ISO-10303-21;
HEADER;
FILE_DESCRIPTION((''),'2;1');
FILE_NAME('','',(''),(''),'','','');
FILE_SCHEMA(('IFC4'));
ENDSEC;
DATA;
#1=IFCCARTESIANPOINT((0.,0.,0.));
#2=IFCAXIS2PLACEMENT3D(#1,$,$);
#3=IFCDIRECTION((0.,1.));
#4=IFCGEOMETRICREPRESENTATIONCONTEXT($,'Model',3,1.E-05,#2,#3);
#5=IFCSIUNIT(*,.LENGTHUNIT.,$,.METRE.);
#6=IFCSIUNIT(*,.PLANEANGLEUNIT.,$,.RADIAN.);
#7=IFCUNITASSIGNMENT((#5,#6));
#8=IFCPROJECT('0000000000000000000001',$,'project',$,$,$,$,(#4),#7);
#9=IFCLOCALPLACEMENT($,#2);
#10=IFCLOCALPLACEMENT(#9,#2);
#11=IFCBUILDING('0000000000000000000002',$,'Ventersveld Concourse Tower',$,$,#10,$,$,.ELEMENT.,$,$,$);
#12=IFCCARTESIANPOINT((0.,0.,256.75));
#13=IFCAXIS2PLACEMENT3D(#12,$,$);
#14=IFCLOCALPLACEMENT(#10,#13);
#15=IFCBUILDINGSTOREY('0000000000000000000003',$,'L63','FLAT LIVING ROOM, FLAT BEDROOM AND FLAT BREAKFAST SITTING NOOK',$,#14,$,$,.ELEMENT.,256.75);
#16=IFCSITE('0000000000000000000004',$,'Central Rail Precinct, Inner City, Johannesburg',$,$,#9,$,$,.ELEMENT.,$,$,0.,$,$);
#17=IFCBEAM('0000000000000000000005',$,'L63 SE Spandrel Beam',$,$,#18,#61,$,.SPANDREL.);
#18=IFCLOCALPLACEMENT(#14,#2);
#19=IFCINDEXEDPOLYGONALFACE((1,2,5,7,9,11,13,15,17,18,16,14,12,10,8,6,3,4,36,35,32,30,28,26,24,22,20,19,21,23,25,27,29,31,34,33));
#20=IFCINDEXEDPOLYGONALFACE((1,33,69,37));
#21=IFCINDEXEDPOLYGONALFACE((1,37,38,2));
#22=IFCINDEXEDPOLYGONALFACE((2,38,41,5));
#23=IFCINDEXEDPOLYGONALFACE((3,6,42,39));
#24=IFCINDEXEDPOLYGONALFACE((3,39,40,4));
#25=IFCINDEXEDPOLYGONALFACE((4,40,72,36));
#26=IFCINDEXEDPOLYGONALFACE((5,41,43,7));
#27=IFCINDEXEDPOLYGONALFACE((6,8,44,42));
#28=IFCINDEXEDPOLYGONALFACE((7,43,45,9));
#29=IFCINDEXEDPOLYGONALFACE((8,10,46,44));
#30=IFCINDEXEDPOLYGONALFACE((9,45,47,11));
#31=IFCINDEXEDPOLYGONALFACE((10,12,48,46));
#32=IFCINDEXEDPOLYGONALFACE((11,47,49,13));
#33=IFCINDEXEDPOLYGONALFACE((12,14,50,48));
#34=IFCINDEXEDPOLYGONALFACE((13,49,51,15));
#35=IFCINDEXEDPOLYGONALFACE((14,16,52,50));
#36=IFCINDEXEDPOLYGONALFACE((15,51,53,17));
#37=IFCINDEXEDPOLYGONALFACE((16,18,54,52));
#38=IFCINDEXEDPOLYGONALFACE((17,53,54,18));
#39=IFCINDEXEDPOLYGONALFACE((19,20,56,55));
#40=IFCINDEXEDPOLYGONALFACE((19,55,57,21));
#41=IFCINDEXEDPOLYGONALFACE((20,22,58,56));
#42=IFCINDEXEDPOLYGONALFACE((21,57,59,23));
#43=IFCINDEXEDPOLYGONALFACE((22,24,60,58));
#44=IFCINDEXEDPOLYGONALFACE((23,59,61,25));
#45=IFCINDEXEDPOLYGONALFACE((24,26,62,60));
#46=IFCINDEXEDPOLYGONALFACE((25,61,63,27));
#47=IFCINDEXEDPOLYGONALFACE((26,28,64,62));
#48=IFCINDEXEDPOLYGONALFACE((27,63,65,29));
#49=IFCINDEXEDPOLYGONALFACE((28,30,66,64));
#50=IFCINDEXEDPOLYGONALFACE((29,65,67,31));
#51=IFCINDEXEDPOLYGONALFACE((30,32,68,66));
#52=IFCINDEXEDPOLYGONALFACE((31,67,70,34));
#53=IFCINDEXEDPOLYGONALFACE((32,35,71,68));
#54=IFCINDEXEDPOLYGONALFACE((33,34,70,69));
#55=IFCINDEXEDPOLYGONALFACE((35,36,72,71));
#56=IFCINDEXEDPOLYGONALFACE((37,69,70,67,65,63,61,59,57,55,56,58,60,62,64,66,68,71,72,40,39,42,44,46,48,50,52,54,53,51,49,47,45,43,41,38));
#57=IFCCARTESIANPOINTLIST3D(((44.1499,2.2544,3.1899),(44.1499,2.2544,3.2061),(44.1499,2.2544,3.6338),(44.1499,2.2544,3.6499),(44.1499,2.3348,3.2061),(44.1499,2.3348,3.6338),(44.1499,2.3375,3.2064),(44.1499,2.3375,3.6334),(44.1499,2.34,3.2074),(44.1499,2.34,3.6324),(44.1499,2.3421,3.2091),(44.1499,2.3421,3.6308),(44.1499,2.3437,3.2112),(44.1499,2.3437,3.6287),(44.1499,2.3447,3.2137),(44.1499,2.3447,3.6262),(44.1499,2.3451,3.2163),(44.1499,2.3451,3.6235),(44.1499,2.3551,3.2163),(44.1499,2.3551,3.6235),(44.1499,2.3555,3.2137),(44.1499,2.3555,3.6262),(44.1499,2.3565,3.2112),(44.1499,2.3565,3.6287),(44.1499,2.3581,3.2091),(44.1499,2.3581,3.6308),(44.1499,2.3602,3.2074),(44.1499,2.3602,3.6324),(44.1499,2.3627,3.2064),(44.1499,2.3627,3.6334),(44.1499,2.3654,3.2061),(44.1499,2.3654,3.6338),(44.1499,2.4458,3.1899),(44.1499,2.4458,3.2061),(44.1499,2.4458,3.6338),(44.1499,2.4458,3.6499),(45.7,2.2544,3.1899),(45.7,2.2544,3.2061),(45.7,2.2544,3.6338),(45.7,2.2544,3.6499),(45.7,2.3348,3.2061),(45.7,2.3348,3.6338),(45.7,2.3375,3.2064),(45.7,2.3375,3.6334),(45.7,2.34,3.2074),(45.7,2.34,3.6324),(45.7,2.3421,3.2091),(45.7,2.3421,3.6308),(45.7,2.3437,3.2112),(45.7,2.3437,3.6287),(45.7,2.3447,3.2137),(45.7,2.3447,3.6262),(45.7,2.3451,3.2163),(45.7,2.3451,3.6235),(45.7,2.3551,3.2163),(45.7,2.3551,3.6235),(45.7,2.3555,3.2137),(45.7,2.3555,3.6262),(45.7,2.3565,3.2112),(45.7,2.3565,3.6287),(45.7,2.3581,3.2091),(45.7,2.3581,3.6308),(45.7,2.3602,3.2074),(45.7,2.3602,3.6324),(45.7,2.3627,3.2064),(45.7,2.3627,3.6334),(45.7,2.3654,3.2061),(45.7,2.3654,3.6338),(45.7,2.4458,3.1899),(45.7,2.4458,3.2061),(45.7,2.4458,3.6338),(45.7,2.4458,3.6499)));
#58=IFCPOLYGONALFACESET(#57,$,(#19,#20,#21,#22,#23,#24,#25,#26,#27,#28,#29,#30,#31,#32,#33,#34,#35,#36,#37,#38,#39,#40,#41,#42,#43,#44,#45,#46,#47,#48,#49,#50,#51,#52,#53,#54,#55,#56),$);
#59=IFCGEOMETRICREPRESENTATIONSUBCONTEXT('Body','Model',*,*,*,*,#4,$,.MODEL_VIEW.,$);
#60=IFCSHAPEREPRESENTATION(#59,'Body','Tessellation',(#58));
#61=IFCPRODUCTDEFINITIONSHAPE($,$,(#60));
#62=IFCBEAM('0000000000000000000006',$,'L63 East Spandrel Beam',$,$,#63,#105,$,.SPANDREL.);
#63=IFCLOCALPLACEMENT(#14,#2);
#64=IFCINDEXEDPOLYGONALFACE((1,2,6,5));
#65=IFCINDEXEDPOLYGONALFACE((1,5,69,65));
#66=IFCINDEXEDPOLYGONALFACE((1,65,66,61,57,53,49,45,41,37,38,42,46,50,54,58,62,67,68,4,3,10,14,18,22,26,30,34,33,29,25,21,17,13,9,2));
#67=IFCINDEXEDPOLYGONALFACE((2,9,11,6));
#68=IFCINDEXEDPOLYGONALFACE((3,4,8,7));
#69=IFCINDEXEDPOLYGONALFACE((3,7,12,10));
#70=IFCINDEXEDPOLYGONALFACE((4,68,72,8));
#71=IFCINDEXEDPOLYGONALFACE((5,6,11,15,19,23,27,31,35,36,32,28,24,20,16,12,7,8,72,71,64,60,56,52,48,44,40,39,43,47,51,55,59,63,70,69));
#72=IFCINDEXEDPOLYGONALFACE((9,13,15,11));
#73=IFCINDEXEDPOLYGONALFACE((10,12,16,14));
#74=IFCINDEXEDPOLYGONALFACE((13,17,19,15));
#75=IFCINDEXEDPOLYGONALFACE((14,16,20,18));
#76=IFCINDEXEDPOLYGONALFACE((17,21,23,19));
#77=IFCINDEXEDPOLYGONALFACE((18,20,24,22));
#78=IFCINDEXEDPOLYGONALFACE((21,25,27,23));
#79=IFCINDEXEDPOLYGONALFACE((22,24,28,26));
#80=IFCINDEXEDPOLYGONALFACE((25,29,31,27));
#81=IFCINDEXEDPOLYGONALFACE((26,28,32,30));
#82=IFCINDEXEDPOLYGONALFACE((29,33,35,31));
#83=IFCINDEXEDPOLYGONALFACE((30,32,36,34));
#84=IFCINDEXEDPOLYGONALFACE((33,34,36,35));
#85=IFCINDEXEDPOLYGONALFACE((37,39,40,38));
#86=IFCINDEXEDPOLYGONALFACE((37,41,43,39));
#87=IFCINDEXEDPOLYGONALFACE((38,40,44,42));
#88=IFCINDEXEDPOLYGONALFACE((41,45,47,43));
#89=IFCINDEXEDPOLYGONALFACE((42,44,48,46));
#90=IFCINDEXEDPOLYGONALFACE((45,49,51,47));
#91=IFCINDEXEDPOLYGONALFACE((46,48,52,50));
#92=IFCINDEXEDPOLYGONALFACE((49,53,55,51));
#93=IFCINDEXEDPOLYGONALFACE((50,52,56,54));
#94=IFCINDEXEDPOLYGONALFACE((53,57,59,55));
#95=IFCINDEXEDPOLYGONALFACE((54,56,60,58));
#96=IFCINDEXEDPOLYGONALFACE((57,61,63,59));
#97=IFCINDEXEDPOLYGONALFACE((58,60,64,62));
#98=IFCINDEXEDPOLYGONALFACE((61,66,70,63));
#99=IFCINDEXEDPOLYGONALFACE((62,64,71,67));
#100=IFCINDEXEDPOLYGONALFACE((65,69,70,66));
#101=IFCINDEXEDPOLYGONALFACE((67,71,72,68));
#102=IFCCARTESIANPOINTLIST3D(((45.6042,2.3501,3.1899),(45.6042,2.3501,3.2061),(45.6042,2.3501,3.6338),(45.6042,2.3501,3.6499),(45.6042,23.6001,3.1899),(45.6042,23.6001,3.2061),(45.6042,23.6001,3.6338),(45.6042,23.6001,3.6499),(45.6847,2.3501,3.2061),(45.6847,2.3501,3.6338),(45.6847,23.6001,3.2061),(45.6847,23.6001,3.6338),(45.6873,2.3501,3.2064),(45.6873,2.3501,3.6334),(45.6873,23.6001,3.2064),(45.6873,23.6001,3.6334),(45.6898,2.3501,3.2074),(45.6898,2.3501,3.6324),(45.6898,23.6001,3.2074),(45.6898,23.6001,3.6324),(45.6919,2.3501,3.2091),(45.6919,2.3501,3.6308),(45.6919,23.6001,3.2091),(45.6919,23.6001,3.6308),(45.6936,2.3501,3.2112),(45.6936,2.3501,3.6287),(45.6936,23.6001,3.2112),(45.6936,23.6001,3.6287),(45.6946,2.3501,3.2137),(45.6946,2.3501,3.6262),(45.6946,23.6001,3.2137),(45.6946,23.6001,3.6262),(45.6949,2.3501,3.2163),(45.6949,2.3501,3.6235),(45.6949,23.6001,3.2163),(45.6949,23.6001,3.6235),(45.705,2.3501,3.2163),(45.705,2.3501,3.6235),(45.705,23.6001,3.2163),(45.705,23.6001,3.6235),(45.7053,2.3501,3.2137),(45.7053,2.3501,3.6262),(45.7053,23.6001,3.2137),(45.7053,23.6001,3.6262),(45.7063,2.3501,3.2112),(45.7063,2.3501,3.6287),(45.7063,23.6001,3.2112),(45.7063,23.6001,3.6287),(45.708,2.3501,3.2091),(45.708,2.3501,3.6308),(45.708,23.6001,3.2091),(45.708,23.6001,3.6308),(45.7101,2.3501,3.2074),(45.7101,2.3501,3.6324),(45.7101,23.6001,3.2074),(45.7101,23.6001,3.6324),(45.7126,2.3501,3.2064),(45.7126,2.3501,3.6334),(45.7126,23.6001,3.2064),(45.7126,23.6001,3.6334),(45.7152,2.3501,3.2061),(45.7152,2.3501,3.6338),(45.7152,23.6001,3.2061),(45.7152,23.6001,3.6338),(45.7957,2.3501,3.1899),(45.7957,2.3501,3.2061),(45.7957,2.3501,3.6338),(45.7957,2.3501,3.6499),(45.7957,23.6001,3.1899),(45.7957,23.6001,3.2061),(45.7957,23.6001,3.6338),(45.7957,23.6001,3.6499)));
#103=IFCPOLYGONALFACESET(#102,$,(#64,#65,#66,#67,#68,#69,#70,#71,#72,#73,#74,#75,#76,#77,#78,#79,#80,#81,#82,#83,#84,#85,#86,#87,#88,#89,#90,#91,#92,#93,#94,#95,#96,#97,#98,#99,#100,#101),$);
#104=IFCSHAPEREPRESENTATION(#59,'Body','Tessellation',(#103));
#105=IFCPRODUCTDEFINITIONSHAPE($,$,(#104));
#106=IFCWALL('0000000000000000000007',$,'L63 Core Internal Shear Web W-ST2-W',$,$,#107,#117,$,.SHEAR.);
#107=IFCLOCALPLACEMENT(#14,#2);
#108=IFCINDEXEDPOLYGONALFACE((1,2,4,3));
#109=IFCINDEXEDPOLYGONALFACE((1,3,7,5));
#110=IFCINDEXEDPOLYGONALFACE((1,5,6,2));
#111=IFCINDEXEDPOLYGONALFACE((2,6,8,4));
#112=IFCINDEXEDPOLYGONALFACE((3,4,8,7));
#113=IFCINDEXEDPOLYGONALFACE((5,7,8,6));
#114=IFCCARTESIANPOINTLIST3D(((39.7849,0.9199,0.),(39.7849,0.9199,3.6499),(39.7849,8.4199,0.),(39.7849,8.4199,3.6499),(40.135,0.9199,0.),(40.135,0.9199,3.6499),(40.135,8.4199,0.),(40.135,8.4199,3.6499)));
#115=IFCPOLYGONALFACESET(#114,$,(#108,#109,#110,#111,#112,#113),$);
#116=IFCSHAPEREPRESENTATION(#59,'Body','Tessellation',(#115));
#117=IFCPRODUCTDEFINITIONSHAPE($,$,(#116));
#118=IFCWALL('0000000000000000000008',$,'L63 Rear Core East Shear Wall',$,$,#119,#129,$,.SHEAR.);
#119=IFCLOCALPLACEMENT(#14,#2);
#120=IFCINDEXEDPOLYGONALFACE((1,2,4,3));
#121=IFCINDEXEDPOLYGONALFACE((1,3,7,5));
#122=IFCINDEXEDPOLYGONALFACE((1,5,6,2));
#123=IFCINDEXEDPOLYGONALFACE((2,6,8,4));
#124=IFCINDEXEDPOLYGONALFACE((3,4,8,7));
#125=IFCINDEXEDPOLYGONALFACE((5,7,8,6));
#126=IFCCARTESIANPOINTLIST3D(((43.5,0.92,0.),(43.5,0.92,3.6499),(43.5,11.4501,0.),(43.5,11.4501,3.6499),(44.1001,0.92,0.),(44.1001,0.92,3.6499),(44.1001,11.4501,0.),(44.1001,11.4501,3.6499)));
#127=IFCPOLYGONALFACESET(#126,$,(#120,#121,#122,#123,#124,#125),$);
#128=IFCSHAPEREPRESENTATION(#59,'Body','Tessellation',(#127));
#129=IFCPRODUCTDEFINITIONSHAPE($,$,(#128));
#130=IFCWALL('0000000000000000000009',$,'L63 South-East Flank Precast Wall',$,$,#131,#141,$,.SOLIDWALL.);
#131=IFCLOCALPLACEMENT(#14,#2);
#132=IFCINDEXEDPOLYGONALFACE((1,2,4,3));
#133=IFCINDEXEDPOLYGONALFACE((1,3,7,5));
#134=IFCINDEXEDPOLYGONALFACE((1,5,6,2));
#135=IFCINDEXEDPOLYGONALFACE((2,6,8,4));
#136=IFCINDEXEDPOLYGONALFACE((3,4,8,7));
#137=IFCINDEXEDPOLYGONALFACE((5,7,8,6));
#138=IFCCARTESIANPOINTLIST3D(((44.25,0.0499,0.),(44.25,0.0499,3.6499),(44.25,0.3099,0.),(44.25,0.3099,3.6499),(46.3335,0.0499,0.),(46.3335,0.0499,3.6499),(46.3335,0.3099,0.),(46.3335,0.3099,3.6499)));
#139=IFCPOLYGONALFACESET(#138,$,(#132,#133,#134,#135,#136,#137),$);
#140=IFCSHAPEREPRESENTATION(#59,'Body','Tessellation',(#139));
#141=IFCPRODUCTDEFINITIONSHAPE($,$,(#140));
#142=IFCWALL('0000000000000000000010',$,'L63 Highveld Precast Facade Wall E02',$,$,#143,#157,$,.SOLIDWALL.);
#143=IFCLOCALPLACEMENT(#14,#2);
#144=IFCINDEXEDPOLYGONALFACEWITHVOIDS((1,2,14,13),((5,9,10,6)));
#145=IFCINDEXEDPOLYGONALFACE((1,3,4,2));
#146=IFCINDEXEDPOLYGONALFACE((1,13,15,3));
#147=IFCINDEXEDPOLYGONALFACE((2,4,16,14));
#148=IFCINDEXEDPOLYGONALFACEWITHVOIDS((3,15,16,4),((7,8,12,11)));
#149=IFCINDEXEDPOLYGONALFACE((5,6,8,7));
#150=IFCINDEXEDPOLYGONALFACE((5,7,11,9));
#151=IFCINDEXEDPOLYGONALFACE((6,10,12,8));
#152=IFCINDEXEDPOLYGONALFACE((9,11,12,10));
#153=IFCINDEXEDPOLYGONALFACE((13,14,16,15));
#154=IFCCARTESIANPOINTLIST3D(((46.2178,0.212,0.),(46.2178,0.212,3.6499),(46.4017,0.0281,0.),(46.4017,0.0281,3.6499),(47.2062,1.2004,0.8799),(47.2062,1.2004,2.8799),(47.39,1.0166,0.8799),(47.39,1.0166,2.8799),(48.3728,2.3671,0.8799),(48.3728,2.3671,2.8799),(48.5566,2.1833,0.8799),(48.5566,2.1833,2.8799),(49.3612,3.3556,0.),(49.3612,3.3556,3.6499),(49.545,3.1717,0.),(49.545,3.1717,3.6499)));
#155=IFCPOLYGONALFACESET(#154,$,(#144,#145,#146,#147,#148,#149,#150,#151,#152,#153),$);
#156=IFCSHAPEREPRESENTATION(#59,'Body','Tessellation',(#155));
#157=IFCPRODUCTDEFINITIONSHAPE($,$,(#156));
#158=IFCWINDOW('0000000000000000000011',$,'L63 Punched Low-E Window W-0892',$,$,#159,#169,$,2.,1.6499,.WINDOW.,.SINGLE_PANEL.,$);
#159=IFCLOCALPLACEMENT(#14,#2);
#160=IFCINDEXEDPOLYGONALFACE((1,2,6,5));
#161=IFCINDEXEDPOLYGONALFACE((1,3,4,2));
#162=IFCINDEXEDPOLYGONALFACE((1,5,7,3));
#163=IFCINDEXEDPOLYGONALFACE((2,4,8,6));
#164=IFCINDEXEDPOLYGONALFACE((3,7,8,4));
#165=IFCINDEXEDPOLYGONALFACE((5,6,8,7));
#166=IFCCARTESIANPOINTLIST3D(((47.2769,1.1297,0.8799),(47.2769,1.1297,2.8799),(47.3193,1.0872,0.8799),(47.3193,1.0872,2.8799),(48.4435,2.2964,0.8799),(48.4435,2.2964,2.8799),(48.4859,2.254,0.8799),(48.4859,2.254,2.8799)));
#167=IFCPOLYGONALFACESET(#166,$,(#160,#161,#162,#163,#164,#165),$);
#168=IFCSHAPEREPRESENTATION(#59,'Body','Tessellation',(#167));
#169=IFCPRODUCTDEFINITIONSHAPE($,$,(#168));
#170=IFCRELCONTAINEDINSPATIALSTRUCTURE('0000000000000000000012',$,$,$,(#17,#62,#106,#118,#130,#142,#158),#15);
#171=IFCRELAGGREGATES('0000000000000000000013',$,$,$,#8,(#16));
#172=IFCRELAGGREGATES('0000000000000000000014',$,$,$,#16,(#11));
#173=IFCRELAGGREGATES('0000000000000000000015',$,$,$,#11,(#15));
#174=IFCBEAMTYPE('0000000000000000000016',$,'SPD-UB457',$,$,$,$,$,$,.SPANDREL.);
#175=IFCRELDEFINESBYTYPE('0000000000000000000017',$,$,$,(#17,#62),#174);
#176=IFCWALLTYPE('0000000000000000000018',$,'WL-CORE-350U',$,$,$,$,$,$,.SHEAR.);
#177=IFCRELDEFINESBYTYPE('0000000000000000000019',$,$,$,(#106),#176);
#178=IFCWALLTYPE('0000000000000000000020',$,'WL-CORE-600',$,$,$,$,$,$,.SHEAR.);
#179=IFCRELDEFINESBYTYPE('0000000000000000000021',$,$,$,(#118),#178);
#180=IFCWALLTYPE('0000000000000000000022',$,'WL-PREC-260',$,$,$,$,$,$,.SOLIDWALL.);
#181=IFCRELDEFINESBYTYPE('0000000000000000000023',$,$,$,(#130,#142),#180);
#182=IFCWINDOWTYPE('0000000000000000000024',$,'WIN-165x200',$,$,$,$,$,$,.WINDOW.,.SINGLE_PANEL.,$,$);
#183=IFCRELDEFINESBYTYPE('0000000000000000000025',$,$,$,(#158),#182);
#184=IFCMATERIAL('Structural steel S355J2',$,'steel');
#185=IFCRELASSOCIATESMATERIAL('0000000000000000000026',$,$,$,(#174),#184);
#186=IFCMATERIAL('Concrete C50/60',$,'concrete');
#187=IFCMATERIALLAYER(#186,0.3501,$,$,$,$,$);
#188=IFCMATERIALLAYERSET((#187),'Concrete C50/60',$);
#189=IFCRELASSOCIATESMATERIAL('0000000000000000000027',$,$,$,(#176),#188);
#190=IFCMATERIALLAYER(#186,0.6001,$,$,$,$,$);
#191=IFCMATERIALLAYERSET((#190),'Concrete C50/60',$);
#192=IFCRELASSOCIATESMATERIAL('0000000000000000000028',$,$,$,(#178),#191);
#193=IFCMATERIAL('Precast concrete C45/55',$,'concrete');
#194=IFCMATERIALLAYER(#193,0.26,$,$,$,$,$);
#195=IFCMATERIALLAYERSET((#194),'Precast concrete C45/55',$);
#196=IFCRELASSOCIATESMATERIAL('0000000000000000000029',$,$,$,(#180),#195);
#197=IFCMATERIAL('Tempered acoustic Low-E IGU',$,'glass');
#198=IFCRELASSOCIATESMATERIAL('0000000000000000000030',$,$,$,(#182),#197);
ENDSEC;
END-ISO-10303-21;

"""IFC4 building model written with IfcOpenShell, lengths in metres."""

from ifc_helpers import new_model, si_unit, direction, frame, frame_2d, origin, origin_2d, place, context, subcontext, project, spatial, rectangle, i_section, extrude, material, layer, layer_set, material_profile, profile_set, type_object, element, fill, save


model = new_model("IFC4")

# Units and contexts
model_context = context("Model", 3, precision=1e-05, world=origin(), true_north=direction((0.0, 1.0)))
body_context = subcontext(model_context, "Body", "Model", "MODEL_VIEW")
ifc_project = project(units=[si_unit("LENGTHUNIT", "METRE"), si_unit("PLANEANGLEUNIT", "RADIAN")], contexts=[model_context])

# Site, building, storey
site_placement = place(None, origin())
site = spatial("IfcSite", under=ifc_project, at=site_placement, Name="Central Rail Precinct, Inner City, Johannesburg", CompositionType="ELEMENT", RefElevation=0.0)
building_placement = place(site_placement, origin())
building = spatial("IfcBuilding", under=site, at=building_placement, Name="Ventersveld Concourse Tower", CompositionType="ELEMENT")
storey_placement = place(building_placement, frame((0.0, 0.0, 256.75)))
storey = spatial("IfcBuildingStorey", under=building, at=storey_placement, Name="L63", Description="FLAT LIVING ROOM, FLAT BEDROOM AND FLAT BREAKFAST SITTING NOOK", CompositionType="ELEMENT", Elevation=256.75)

# Shared definitions
ifc_material_1 = material(Name="Concrete C50/60", Category="concrete")

# Shared definitions
ifc_material_2 = material(Name="Structural steel S355J2", Category="steel")

# Beams
ifc_material_profile_1 = material_profile(ifc_material_2, i_section(OverallWidth=0.1914, OverallDepth=0.46, WebThickness=0.01, FlangeThickness=0.0161, FilletRadius=0.0103, at=origin_2d()), Name="UB 457x191x82")
ifc_profile_set_1 = profile_set([ifc_material_profile_1], Name="Structural steel S355J2")
beam_type_1 = type_object("IfcBeamType", Name="SPD-UB457", PredefinedType="SPANDREL", material=ifc_profile_set_1)
beam_1_placement = place(storey_placement, frame((44.1499, 2.3501, 3.4199), z_axis=(1.0, 0.0, 0.0), x_axis=(0.0, 1.0, 0.0)))
element("IfcBeam", 1, at=beam_1_placement, inside=storey, type_object=beam_type_1, Name="L63 SE Spandrel Beam", PredefinedType="SPANDREL", context=body_context, shape_type="SweptSolid", body=[
    extrude(i_section(OverallWidth=0.1914, OverallDepth=0.46, WebThickness=0.01, FlangeThickness=0.0161, FilletRadius=0.0103, at=origin_2d()), origin(), (0.0, 0.0, 1.0), 1.55),
])
beam_2_placement = place(storey_placement, frame((45.7, 2.3501, 3.4199), z_axis=(0.0, 1.0, 0.0), x_axis=(-1.0, 0.0, 0.0)))
element("IfcBeam", 2, at=beam_2_placement, inside=storey, type_object=beam_type_1, Name="L63 East Spandrel Beam", PredefinedType="SPANDREL", context=body_context, shape_type="SweptSolid", body=[
    extrude(i_section(OverallWidth=0.1914, OverallDepth=0.46, WebThickness=0.01, FlangeThickness=0.0161, FilletRadius=0.0103, at=origin_2d()), origin(), (0.0, 0.0, 1.0), 21.25),
])

# Walls
ifc_layer_1 = layer(ifc_material_1, 0.3501)
ifc_layer_set_1 = layer_set([ifc_layer_1], Name="Concrete C50/60")
wall_type_1 = type_object("IfcWallType", Name="WL-CORE-350U", PredefinedType="SHEAR", material=ifc_layer_set_1)
wall_1_placement = place(storey_placement, frame((39.96, 0.9199, 0.0), z_axis=(0.0, 0.0, 1.0), x_axis=(0.0, 1.0, 0.0)))
element("IfcWall", 3, at=wall_1_placement, inside=storey, type_object=wall_type_1, Name="L63 Core Internal Shear Web W-ST2-W", PredefinedType="SHEAR", context=body_context, shape_type="SweptSolid", body=[
    extrude(rectangle(XDim=7.5, YDim=0.3501, at=frame_2d((3.75, 0.0))), origin(), (0.0, 0.0, 1.0), 3.6499),
])
ifc_layer_2 = layer(ifc_material_1, 0.6001)
ifc_layer_set_2 = layer_set([ifc_layer_2], Name="Concrete C50/60")
wall_type_2 = type_object("IfcWallType", Name="WL-CORE-600", PredefinedType="SHEAR", material=ifc_layer_set_2)
wall_2_placement = place(storey_placement, frame((43.8, 0.9199, 0.0), z_axis=(0.0, 0.0, 1.0), x_axis=(0.0, 1.0, 0.0)))
element("IfcWall", 4, at=wall_2_placement, inside=storey, type_object=wall_type_2, Name="L63 Rear Core East Shear Wall", PredefinedType="SHEAR", context=body_context, shape_type="SweptSolid", body=[
    extrude(rectangle(XDim=10.53, YDim=0.6001, at=frame_2d((5.2651, 0.0))), origin(), (0.0, 0.0, 1.0), 3.6499),
])
ifc_material_3 = material(Name="Precast concrete C45/55", Category="concrete")
ifc_layer_3 = layer(ifc_material_3, 0.26)
ifc_layer_set_3 = layer_set([ifc_layer_3], Name="Precast concrete C45/55")
wall_type_3 = type_object("IfcWallType", Name="WL-PREC-260", PredefinedType="SOLIDWALL", material=ifc_layer_set_3)
wall_3_placement = place(storey_placement, frame((44.25, 0.1799, 0.0), z_axis=(0.0, 0.0, 1.0), x_axis=(1.0, 0.0, 0.0)))
element("IfcWall", 5, at=wall_3_placement, inside=storey, type_object=wall_type_3, Name="L63 South-East Flank Precast Wall", PredefinedType="SOLIDWALL", context=body_context, shape_type="SweptSolid", body=[
    extrude(rectangle(XDim=2.0835, YDim=0.26, at=frame_2d((1.0417, 0.0))), origin(), (0.0, 0.0, 1.0), 3.6499),
])

# Wall, opening, window
wall_4_placement = place(storey_placement, frame((46.3098, 0.1201, 0.0), z_axis=(0.0, 0.0, 1.0), x_axis=(0.707079, 0.707134, 0.0)))
wall_4 = element("IfcWall", 6, at=wall_4_placement, inside=storey, type_object=wall_type_3, Name="L63 Highveld Precast Facade Wall E02", PredefinedType="SOLIDWALL", context=body_context, shape_type="SweptSolid", body=[
    extrude(rectangle(XDim=4.4456, YDim=0.26, at=frame_2d((2.2227, 0.0))), origin(), (0.0, 0.0, 1.0), 3.6499),
])
opening_1_placement = place(wall_4_placement, frame((1.3977, 0.0, 0.8799)))
opening_1 = element("IfcOpeningElement", 7, at=opening_1_placement, cuts=wall_4, PredefinedType="OPENING", context=body_context, shape_type="SweptSolid", body=[
    extrude(rectangle(XDim=1.6499, YDim=2.0, at=frame_2d((0.825, 1.0))), frame((0.0, 0.1401, 0.0), z_axis=(0.0, -1.0, 0.0), x_axis=(1.0, 0.0, 0.0)), (0.0, 0.0, 1.0), 0.28),
])
ifc_material_4 = material(Name="Tempered acoustic Low-E IGU", Category="glass")
window_type_1 = type_object("IfcWindowType", Name="WIN-165x200", PartitioningType="SINGLE_PANEL", PredefinedType="WINDOW", material=ifc_material_4)
window_1_placement = place(opening_1_placement, origin())
window_1 = element("IfcWindow", 8, at=window_1_placement, inside=storey, type_object=window_type_1, Name="L63 Punched Low-E Window W-0892", OverallHeight=2.0, OverallWidth=1.6499, PartitioningType="SINGLE_PANEL", PredefinedType="WINDOW", context=body_context, shape_type="SweptSolid", body=[
    extrude(rectangle(XDim=1.6499, YDim=2.0, at=frame_2d((0.825, 1.0))), frame((0.0, 0.03, 0.0), z_axis=(0.0, -1.0, 0.0), x_axis=(1.0, 0.0, 0.0)), (0.0, 0.0, 1.0), 0.0601),
])
fill(opening_1, window_1)

save(model, "model.ifc")
